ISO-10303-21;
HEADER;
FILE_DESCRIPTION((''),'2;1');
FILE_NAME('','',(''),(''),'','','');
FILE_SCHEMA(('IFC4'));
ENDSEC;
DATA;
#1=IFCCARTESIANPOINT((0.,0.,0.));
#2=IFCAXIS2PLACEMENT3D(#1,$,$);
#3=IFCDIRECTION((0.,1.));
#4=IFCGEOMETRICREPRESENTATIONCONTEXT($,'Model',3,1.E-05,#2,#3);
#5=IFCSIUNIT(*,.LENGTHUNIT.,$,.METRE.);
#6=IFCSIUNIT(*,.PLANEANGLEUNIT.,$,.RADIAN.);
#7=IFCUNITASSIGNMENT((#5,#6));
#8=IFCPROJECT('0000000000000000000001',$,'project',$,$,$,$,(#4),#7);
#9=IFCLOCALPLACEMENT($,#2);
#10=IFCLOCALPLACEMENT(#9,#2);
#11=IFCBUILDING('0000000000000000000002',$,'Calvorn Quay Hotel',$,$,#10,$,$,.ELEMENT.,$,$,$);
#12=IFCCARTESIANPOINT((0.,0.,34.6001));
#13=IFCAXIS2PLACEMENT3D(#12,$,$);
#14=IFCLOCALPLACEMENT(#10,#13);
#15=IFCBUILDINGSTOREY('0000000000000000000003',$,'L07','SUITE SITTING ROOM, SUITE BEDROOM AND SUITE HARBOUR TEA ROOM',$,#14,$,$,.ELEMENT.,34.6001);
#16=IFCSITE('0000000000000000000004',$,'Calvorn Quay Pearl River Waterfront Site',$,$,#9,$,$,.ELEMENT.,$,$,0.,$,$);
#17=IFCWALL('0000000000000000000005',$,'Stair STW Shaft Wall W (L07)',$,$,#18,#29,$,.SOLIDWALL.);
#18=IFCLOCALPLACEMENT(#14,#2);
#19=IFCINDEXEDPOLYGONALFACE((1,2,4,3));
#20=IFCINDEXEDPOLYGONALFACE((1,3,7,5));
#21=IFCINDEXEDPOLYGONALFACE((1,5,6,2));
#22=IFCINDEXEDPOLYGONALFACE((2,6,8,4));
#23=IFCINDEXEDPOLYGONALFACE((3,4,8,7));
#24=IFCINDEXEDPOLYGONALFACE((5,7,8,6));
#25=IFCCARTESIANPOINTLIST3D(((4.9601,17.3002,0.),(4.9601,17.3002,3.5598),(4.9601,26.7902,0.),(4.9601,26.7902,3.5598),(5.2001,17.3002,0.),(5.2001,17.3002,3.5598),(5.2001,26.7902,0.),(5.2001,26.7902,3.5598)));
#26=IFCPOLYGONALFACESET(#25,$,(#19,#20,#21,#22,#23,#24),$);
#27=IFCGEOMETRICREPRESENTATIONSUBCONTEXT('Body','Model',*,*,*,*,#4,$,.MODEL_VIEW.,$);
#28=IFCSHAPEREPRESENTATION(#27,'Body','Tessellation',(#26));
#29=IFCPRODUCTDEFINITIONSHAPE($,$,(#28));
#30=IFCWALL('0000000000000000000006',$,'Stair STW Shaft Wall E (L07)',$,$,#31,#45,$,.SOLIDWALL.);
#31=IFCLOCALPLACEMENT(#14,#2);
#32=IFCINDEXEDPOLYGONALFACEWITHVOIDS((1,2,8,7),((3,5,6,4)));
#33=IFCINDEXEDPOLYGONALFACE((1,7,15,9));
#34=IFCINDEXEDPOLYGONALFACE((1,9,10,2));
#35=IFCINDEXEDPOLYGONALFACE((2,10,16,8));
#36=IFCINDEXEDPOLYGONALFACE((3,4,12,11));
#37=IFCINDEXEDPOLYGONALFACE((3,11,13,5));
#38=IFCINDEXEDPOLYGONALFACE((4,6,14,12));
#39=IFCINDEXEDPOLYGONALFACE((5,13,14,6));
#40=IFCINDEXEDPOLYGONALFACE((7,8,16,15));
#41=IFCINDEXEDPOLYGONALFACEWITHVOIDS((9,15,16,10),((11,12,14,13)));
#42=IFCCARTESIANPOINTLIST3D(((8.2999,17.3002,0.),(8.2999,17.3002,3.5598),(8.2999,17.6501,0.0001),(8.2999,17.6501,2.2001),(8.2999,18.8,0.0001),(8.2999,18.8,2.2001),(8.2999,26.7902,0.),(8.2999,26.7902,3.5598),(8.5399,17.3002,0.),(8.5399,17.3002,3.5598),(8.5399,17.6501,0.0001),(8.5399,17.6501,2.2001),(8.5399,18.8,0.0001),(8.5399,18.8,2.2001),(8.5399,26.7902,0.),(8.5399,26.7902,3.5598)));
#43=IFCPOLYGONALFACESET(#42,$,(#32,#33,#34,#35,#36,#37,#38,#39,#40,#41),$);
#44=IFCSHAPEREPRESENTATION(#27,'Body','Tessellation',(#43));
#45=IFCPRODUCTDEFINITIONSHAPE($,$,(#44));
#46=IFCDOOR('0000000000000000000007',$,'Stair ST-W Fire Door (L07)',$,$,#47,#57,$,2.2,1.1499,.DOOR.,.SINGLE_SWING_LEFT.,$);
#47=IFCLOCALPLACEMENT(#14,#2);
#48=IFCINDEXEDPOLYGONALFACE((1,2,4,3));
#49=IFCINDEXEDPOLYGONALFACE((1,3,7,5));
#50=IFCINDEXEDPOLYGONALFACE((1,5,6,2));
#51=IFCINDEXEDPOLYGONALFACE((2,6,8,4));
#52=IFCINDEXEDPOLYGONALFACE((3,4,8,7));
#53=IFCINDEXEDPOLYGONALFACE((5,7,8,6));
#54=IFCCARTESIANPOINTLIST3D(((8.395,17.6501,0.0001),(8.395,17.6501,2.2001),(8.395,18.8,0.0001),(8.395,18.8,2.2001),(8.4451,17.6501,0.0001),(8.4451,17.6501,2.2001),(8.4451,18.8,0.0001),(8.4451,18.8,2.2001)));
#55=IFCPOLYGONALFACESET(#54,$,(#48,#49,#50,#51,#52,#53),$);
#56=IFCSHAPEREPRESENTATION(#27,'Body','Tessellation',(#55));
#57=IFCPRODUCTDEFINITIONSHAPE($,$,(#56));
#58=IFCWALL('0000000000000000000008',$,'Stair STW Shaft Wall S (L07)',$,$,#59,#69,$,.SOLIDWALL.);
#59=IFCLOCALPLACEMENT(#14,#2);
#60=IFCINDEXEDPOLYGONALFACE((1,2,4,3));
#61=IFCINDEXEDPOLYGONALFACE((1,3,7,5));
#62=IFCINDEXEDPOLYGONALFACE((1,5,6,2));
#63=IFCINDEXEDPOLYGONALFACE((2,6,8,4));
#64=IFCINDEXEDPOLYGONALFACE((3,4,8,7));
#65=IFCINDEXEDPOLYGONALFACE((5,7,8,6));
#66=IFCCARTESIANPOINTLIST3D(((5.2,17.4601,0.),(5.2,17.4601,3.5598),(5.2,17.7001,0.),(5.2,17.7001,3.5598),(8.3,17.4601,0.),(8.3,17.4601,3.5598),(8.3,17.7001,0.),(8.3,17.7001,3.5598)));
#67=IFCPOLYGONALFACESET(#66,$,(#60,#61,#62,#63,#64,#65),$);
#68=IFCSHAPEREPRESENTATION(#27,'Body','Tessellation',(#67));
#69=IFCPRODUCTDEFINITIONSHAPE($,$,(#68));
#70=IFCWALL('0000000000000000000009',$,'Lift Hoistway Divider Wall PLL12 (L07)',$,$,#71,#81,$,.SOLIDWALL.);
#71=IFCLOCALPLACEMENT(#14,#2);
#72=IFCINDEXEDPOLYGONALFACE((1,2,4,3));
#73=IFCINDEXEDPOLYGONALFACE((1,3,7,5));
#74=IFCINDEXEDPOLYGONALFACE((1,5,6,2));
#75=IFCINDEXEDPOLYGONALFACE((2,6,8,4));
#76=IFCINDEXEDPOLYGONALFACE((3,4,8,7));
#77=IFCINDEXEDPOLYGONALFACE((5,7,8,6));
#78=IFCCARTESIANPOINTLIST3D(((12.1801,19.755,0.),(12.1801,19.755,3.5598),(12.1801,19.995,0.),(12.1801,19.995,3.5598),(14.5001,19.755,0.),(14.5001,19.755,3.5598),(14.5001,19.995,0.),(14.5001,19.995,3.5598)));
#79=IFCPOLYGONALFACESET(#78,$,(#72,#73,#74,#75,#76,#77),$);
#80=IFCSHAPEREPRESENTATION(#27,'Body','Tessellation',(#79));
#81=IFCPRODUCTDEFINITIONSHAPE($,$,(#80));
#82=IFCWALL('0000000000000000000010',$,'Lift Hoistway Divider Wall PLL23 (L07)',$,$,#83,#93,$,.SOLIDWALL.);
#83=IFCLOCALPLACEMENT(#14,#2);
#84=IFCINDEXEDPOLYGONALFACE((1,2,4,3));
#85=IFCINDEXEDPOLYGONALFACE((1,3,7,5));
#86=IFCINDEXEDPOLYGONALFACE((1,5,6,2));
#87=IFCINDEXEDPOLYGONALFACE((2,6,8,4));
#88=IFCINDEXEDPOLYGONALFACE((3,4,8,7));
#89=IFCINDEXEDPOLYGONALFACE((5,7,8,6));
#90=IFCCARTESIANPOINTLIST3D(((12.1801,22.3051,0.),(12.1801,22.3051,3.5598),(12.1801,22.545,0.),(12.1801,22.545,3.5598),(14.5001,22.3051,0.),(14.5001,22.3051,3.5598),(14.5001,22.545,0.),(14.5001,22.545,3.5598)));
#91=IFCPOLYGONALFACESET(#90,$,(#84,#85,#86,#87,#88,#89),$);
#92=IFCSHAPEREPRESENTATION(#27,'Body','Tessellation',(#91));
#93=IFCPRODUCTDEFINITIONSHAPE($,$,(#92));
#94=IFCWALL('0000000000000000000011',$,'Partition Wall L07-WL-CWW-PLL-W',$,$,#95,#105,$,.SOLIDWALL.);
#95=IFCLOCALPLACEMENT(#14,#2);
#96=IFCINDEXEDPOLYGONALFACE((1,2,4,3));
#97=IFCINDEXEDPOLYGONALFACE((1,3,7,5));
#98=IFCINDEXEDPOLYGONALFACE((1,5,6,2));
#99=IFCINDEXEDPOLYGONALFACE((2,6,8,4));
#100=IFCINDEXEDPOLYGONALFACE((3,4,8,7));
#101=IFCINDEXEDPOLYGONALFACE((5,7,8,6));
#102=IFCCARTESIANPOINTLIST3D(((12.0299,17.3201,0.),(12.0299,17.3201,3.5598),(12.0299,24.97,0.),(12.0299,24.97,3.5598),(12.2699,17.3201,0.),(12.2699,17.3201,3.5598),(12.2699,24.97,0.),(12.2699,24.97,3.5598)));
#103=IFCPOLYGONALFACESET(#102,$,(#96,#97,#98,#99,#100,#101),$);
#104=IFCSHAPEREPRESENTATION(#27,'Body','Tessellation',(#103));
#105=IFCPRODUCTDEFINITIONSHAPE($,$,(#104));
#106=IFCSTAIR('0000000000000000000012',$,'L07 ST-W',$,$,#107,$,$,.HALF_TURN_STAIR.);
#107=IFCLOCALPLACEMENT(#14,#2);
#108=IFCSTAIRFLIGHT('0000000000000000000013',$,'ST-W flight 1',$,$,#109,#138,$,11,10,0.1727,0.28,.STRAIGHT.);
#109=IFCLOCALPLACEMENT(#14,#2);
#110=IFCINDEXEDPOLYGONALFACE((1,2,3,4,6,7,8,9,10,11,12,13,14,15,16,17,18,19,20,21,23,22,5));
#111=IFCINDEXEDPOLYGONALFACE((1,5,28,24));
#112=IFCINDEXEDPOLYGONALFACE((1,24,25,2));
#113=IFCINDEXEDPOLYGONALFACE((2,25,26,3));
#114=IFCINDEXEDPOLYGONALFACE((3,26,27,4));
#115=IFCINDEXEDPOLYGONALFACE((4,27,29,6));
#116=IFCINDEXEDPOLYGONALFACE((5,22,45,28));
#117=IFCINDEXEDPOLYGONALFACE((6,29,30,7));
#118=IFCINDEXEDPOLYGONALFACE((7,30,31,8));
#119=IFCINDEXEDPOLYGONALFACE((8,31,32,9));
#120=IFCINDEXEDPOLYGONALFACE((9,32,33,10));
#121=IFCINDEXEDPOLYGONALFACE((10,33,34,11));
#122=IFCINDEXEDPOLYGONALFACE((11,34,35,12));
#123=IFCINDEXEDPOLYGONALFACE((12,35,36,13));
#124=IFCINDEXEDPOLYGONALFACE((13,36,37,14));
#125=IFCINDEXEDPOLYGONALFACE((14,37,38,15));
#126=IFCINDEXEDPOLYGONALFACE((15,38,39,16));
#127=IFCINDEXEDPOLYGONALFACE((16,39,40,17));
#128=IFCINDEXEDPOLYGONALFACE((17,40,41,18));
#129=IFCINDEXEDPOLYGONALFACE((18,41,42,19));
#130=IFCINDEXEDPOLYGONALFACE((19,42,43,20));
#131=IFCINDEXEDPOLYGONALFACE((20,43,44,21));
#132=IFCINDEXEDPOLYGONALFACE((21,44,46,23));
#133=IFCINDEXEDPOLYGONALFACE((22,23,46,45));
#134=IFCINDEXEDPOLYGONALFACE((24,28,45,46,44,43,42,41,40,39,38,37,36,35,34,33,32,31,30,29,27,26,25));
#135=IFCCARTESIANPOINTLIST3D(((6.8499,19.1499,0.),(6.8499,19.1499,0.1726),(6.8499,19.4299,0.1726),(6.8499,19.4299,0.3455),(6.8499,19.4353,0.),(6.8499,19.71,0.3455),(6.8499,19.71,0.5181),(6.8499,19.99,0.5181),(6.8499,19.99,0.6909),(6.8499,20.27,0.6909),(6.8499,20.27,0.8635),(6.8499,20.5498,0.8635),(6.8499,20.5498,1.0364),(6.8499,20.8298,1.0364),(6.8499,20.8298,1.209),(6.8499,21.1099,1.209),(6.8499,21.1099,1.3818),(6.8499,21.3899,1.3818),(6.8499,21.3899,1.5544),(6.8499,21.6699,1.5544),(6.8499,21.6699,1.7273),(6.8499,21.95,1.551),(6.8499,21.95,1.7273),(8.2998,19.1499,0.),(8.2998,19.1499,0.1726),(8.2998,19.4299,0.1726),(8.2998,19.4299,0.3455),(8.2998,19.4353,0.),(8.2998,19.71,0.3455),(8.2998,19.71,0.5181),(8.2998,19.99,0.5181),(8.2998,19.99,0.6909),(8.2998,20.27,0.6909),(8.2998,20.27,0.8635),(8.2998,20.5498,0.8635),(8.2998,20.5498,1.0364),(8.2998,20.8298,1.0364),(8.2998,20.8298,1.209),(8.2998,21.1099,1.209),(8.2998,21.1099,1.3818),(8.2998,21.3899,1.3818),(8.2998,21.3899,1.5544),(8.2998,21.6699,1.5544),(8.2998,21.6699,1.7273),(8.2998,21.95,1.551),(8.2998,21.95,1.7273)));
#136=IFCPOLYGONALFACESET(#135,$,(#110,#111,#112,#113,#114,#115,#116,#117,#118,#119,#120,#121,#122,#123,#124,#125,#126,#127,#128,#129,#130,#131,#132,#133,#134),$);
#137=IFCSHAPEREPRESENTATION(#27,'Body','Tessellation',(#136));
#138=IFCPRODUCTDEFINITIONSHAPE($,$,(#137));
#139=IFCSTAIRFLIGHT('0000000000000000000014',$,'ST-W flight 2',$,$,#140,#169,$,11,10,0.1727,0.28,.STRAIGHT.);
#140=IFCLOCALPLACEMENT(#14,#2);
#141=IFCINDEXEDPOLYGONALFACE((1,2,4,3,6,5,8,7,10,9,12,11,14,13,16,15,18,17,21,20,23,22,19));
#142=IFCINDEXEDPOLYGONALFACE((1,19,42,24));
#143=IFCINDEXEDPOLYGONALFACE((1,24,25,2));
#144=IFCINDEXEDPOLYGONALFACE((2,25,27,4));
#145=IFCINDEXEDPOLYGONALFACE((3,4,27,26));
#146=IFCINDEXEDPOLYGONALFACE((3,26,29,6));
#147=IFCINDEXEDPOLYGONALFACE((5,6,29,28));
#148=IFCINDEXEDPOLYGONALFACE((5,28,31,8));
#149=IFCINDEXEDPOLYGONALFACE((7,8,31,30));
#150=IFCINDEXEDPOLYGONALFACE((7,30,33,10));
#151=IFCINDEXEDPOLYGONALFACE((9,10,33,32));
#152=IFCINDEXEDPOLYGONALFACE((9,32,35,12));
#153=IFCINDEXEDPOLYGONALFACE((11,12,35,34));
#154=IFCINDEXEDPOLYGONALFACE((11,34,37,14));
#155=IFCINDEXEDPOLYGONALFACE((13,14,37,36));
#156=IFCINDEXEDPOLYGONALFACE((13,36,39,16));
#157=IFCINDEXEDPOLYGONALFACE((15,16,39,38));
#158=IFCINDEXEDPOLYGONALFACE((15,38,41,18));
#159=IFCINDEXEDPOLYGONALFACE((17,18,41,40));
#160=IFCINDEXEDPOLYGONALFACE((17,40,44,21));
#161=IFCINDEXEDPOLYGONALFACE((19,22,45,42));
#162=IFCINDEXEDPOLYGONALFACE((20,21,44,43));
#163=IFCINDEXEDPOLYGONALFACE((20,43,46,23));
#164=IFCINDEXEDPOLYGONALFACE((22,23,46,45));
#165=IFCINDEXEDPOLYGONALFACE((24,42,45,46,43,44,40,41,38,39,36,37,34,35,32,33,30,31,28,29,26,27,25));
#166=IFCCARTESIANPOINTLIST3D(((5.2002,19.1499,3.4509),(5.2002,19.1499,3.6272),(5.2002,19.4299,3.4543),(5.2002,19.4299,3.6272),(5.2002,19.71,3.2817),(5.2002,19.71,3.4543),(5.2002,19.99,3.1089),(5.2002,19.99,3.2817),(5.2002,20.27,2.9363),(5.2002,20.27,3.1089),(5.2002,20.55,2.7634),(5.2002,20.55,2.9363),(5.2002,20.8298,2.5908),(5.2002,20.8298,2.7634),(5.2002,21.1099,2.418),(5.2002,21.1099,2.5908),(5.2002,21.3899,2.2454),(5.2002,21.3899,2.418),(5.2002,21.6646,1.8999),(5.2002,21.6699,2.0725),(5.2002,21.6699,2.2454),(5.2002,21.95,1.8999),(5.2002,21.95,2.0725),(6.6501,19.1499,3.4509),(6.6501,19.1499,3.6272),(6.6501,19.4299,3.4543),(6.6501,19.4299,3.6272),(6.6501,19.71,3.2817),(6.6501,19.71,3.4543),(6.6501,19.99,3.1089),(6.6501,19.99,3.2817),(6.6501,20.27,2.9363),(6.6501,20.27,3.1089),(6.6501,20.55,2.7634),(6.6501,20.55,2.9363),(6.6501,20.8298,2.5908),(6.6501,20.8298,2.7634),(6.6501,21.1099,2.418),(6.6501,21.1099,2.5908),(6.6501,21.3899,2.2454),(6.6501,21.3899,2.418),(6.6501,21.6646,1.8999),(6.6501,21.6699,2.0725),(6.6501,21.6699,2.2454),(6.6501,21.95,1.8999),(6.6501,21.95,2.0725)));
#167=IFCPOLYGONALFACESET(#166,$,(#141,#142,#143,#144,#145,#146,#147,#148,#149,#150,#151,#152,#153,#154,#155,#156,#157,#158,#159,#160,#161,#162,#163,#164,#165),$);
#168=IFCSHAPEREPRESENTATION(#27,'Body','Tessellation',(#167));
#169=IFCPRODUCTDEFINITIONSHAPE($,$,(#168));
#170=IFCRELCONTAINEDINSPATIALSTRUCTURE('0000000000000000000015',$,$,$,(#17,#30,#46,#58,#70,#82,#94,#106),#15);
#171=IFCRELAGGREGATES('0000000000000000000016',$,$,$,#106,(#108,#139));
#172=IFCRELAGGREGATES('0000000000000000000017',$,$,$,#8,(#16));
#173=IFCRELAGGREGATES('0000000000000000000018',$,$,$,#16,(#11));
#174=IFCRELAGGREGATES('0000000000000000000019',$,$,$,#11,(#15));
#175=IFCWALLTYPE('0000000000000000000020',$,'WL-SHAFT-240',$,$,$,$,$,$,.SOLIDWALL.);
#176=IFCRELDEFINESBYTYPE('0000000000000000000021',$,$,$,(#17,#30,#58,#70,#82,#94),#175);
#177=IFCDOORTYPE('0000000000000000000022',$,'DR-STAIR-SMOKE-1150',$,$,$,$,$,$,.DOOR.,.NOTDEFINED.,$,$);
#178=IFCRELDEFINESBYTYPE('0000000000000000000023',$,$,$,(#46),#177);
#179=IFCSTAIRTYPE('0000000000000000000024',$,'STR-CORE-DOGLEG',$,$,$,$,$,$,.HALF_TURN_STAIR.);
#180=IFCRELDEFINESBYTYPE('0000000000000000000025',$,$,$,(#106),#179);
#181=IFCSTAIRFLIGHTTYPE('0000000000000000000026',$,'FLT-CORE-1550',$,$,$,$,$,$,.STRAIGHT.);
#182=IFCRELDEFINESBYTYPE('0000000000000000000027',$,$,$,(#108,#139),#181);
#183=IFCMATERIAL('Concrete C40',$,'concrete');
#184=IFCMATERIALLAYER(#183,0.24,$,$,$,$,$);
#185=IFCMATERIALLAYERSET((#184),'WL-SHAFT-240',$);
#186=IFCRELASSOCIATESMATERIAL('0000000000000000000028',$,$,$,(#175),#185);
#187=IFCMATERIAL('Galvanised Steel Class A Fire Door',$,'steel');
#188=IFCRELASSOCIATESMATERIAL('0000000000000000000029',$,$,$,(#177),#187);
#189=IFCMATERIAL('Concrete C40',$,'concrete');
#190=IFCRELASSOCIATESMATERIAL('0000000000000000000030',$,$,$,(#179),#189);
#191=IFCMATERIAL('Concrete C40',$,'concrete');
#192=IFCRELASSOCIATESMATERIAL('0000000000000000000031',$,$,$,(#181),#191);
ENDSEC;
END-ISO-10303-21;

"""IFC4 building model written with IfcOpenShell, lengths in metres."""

from ifc_helpers import new_model, si_unit, direction, frame, frame_2d, origin, place, context, subcontext, project, spatial, polyline, rectangle, outline, extrude, material, layer, layer_set, type_object, element, fill, aggregate, save


model = new_model("IFC4")

# Units and contexts
model_context = context("Model", 3, precision=1e-05, world=origin(), true_north=direction((0.0, 1.0)))
body_context = subcontext(model_context, "Body", "Model", "MODEL_VIEW")
ifc_project = project(units=[si_unit("LENGTHUNIT", "METRE"), si_unit("PLANEANGLEUNIT", "RADIAN")], contexts=[model_context])

# Site, building, storey
site_placement = place(None, origin())
site = spatial("IfcSite", under=ifc_project, at=site_placement, Name="Calvorn Quay Pearl River Waterfront Site", CompositionType="ELEMENT", RefElevation=0.0)
building_placement = place(site_placement, origin())
building = spatial("IfcBuilding", under=site, at=building_placement, Name="Calvorn Quay Hotel", CompositionType="ELEMENT")
storey_placement = place(building_placement, frame((0.0, 0.0, 34.6001)))
storey = spatial("IfcBuildingStorey", under=building, at=storey_placement, Name="L07", Description="SUITE SITTING ROOM, SUITE BEDROOM AND SUITE HARBOUR TEA ROOM", CompositionType="ELEMENT", Elevation=34.6001)

# Wall
ifc_material_1 = material(Name="Concrete C40", Category="concrete")
ifc_layer_1 = layer(ifc_material_1, 0.24)
ifc_layer_set_1 = layer_set([ifc_layer_1], Name="WL-SHAFT-240")
wall_type_1 = type_object("IfcWallType", Name="WL-SHAFT-240", PredefinedType="SOLIDWALL", material=ifc_layer_set_1)
wall_1_placement = place(storey_placement, frame((5.0801, 17.3, 0.0), z_axis=(0.0, 0.0, 1.0), x_axis=(0.0, 1.0, 0.0)))
element("IfcWall", 1, at=wall_1_placement, inside=storey, type_object=wall_type_1, Name="Stair STW Shaft Wall W (L07)", PredefinedType="SOLIDWALL", context=body_context, shape_type="SweptSolid", body=[
    extrude(rectangle(XDim=9.49, YDim=0.24, at=frame_2d((4.7451, 0.0))), origin(), (0.0, 0.0, 1.0), 3.5598),
])

# Wall, opening, door
wall_2_placement = place(storey_placement, frame((8.4199, 17.3, 0.0), z_axis=(0.0, 0.0, 1.0), x_axis=(0.0, 1.0, 0.0)))
wall_2 = element("IfcWall", 2, at=wall_2_placement, inside=storey, type_object=wall_type_1, Name="Stair STW Shaft Wall E (L07)", PredefinedType="SOLIDWALL", context=body_context, shape_type="SweptSolid", body=[
    extrude(rectangle(XDim=9.49, YDim=0.24, at=frame_2d((4.7451, 0.0))), origin(), (0.0, 0.0, 1.0), 3.5598),
])
opening_1_placement = place(wall_2_placement, frame((0.3501, 0.0, 0.0)))
opening_1 = element("IfcOpeningElement", 3, at=opening_1_placement, cuts=wall_2, PredefinedType="OPENING", context=body_context, shape_type="SweptSolid", body=[
    extrude(rectangle(XDim=1.1499, YDim=2.2, at=frame_2d((0.575, 1.1001))), frame((0.0, 0.1299, 0.0), z_axis=(0.0, -1.0, 0.0), x_axis=(1.0, 0.0, 0.0)), (0.0, 0.0, 1.0), 0.26),
])
ifc_material_2 = material(Name="Galvanised Steel Class A Fire Door", Category="steel")
door_type_1 = type_object("IfcDoorType", Name="DR-STAIR-SMOKE-1150", OperationType="NOTDEFINED", PredefinedType="DOOR", material=ifc_material_2)
door_1_placement = place(opening_1_placement, origin())
door_1 = element("IfcDoor", 4, at=door_1_placement, inside=storey, type_object=door_type_1, Name="Stair ST-W Fire Door (L07)", OperationType="SINGLE_SWING_LEFT", OverallHeight=2.2, OverallWidth=1.1499, PredefinedType="DOOR", context=body_context, shape_type="SweptSolid", body=[
    extrude(rectangle(XDim=1.1499, YDim=2.2, at=frame_2d((0.575, 1.1001))), frame((0.0, 0.0249, 0.0), z_axis=(0.0, -1.0, 0.0), x_axis=(1.0, 0.0, 0.0)), (0.0, 0.0, 1.0), 0.05),
])
fill(opening_1, door_1)

# Walls
wall_3_placement = place(storey_placement, frame((5.2, 17.5801, 0.0), z_axis=(0.0, 0.0, 1.0), x_axis=(1.0, 0.0, 0.0)))
element("IfcWall", 5, at=wall_3_placement, inside=storey, type_object=wall_type_1, Name="Stair STW Shaft Wall S (L07)", PredefinedType="SOLIDWALL", context=body_context, shape_type="SweptSolid", body=[
    extrude(rectangle(XDim=3.1001, YDim=0.24, at=frame_2d((1.55, 0.0))), origin(), (0.0, 0.0, 1.0), 3.5598),
])
for number, where, z_axis, x_axis, name in (
    (6, (12.1799, 19.875, 0.0), (0.0, 0.0, 1.0), (1.0, 0.0, 0.0), "Lift Hoistway Divider Wall PLL12 (L07)"),
    (7, (12.1799, 22.425, 0.0), (0.0, 0.0, 1.0), (1.0, 0.0, 0.0), "Lift Hoistway Divider Wall PLL23 (L07)"),
):
    element("IfcWall", number, at=place(storey_placement, frame(where, z_axis=z_axis, x_axis=x_axis)), inside=storey, type_object=wall_type_1, Name=name, PredefinedType="SOLIDWALL", context=body_context, shape_type="SweptSolid", body=[
        extrude(rectangle(XDim=2.3201, YDim=0.24, at=frame_2d((1.1602, 0.0))), origin(), (0.0, 0.0, 1.0), 3.5598),
    ])
wall_4_placement = place(storey_placement, frame((12.1499, 17.3201, 0.0), z_axis=(0.0, 0.0, 1.0), x_axis=(0.0, 1.0, 0.0)))
element("IfcWall", 8, at=wall_4_placement, inside=storey, type_object=wall_type_1, Name="Partition Wall L07-WL-CWW-PLL-W", PredefinedType="SOLIDWALL", context=body_context, shape_type="SweptSolid", body=[
    extrude(rectangle(XDim=7.6499, YDim=0.24, at=frame_2d((3.825, 0.0))), origin(), (0.0, 0.0, 1.0), 3.5598),
])

# Stair, stair flights
ifc_material_3 = material(Name="Concrete C40", Category="concrete")
stair_type = type_object("IfcStairType", Name="STR-CORE-DOGLEG", PredefinedType="HALF_TURN_STAIR", material=ifc_material_3)
stair_placement = place(storey_placement, origin())
stair = element("IfcStair", 9, at=stair_placement, inside=storey, type_object=stair_type, Name="L07 ST-W", PredefinedType="HALF_TURN_STAIR")
ifc_material_4 = material(Name="Concrete C40", Category="concrete")
stair_flight_type = type_object("IfcStairFlightType", Name="FLT-CORE-1550", PredefinedType="STRAIGHT", material=ifc_material_4)
stair_flight_1_placement = place(storey_placement, frame((7.575, 19.1499, 0.0), z_axis=(0.0, 0.0, 1.0), x_axis=(0.0, 1.0, 0.0)))
stair_flight_1 = element("IfcStairFlight", 10, at=stair_flight_1_placement, type_object=stair_flight_type, Name="ST-W flight 1", NumberOfRisers=11, NumberOfTreads=10, PredefinedType="STRAIGHT", RiserHeight=0.1727, TreadLength=0.28, context=body_context, shape_type="SweptSolid", body=[
    extrude(outline(polyline([(0.0, 0.0), (0.0, 0.1726), (0.28, 0.1726), (0.28, 0.3455), (0.5601, 0.3455), (0.5601, 0.5181), (0.8401, 0.5181), (0.8401, 0.6909), (1.1201, 0.6909), (1.1201, 0.8635), (1.3999, 0.8635), (1.3999, 1.0364), (1.6799, 1.0364), (1.6799, 1.209), (1.96, 1.209), (1.96, 1.3818), (2.24, 1.3818), (2.24, 1.5544), (2.52, 1.5544), (2.52, 1.7273), (2.8, 1.7273), (2.8, 1.8999), (2.8, 1.551), (0.2854, 0.0), (0.0, 0.0)])), frame((0.0, 0.7251, 0.0), z_axis=(0.0, -1.0, 0.0), x_axis=(1.0, 0.0, 0.0)), (0.0, 0.0, 1.0), 1.45),
])
stair_flight_2_placement = place(storey_placement, frame((5.925, 21.95, 1.8999), z_axis=(0.0, 0.0, 1.0), x_axis=(0.0, -1.0, 0.0)))
stair_flight_2 = element("IfcStairFlight", 11, at=stair_flight_2_placement, type_object=stair_flight_type, Name="ST-W flight 2", NumberOfRisers=11, NumberOfTreads=10, PredefinedType="STRAIGHT", RiserHeight=0.1727, TreadLength=0.28, context=body_context, shape_type="SweptSolid", body=[
    extrude(outline(polyline([(0.0, 0.0), (0.0, 0.1726), (0.28, 0.1726), (0.28, 0.3455), (0.5601, 0.3455), (0.5601, 0.5181), (0.8401, 0.5181), (0.8401, 0.6909), (1.1201, 0.6909), (1.1201, 0.8635), (1.3999, 0.8635), (1.3999, 1.0364), (1.6799, 1.0364), (1.6799, 1.209), (1.96, 1.209), (1.96, 1.3818), (2.24, 1.3818), (2.24, 1.5544), (2.52, 1.5544), (2.52, 1.7273), (2.8, 1.7273), (2.8, 1.8999), (2.8, 1.551), (0.2854, 0.0), (0.0, 0.0)])), frame((0.0, 0.7251, 0.0), z_axis=(0.0, -1.0, 0.0), x_axis=(1.0, 0.0, 0.0)), (0.0, 0.0, 1.0), 1.45),
])
aggregate(stair, [stair_flight_1, stair_flight_2])

save(model, "model.ifc")
